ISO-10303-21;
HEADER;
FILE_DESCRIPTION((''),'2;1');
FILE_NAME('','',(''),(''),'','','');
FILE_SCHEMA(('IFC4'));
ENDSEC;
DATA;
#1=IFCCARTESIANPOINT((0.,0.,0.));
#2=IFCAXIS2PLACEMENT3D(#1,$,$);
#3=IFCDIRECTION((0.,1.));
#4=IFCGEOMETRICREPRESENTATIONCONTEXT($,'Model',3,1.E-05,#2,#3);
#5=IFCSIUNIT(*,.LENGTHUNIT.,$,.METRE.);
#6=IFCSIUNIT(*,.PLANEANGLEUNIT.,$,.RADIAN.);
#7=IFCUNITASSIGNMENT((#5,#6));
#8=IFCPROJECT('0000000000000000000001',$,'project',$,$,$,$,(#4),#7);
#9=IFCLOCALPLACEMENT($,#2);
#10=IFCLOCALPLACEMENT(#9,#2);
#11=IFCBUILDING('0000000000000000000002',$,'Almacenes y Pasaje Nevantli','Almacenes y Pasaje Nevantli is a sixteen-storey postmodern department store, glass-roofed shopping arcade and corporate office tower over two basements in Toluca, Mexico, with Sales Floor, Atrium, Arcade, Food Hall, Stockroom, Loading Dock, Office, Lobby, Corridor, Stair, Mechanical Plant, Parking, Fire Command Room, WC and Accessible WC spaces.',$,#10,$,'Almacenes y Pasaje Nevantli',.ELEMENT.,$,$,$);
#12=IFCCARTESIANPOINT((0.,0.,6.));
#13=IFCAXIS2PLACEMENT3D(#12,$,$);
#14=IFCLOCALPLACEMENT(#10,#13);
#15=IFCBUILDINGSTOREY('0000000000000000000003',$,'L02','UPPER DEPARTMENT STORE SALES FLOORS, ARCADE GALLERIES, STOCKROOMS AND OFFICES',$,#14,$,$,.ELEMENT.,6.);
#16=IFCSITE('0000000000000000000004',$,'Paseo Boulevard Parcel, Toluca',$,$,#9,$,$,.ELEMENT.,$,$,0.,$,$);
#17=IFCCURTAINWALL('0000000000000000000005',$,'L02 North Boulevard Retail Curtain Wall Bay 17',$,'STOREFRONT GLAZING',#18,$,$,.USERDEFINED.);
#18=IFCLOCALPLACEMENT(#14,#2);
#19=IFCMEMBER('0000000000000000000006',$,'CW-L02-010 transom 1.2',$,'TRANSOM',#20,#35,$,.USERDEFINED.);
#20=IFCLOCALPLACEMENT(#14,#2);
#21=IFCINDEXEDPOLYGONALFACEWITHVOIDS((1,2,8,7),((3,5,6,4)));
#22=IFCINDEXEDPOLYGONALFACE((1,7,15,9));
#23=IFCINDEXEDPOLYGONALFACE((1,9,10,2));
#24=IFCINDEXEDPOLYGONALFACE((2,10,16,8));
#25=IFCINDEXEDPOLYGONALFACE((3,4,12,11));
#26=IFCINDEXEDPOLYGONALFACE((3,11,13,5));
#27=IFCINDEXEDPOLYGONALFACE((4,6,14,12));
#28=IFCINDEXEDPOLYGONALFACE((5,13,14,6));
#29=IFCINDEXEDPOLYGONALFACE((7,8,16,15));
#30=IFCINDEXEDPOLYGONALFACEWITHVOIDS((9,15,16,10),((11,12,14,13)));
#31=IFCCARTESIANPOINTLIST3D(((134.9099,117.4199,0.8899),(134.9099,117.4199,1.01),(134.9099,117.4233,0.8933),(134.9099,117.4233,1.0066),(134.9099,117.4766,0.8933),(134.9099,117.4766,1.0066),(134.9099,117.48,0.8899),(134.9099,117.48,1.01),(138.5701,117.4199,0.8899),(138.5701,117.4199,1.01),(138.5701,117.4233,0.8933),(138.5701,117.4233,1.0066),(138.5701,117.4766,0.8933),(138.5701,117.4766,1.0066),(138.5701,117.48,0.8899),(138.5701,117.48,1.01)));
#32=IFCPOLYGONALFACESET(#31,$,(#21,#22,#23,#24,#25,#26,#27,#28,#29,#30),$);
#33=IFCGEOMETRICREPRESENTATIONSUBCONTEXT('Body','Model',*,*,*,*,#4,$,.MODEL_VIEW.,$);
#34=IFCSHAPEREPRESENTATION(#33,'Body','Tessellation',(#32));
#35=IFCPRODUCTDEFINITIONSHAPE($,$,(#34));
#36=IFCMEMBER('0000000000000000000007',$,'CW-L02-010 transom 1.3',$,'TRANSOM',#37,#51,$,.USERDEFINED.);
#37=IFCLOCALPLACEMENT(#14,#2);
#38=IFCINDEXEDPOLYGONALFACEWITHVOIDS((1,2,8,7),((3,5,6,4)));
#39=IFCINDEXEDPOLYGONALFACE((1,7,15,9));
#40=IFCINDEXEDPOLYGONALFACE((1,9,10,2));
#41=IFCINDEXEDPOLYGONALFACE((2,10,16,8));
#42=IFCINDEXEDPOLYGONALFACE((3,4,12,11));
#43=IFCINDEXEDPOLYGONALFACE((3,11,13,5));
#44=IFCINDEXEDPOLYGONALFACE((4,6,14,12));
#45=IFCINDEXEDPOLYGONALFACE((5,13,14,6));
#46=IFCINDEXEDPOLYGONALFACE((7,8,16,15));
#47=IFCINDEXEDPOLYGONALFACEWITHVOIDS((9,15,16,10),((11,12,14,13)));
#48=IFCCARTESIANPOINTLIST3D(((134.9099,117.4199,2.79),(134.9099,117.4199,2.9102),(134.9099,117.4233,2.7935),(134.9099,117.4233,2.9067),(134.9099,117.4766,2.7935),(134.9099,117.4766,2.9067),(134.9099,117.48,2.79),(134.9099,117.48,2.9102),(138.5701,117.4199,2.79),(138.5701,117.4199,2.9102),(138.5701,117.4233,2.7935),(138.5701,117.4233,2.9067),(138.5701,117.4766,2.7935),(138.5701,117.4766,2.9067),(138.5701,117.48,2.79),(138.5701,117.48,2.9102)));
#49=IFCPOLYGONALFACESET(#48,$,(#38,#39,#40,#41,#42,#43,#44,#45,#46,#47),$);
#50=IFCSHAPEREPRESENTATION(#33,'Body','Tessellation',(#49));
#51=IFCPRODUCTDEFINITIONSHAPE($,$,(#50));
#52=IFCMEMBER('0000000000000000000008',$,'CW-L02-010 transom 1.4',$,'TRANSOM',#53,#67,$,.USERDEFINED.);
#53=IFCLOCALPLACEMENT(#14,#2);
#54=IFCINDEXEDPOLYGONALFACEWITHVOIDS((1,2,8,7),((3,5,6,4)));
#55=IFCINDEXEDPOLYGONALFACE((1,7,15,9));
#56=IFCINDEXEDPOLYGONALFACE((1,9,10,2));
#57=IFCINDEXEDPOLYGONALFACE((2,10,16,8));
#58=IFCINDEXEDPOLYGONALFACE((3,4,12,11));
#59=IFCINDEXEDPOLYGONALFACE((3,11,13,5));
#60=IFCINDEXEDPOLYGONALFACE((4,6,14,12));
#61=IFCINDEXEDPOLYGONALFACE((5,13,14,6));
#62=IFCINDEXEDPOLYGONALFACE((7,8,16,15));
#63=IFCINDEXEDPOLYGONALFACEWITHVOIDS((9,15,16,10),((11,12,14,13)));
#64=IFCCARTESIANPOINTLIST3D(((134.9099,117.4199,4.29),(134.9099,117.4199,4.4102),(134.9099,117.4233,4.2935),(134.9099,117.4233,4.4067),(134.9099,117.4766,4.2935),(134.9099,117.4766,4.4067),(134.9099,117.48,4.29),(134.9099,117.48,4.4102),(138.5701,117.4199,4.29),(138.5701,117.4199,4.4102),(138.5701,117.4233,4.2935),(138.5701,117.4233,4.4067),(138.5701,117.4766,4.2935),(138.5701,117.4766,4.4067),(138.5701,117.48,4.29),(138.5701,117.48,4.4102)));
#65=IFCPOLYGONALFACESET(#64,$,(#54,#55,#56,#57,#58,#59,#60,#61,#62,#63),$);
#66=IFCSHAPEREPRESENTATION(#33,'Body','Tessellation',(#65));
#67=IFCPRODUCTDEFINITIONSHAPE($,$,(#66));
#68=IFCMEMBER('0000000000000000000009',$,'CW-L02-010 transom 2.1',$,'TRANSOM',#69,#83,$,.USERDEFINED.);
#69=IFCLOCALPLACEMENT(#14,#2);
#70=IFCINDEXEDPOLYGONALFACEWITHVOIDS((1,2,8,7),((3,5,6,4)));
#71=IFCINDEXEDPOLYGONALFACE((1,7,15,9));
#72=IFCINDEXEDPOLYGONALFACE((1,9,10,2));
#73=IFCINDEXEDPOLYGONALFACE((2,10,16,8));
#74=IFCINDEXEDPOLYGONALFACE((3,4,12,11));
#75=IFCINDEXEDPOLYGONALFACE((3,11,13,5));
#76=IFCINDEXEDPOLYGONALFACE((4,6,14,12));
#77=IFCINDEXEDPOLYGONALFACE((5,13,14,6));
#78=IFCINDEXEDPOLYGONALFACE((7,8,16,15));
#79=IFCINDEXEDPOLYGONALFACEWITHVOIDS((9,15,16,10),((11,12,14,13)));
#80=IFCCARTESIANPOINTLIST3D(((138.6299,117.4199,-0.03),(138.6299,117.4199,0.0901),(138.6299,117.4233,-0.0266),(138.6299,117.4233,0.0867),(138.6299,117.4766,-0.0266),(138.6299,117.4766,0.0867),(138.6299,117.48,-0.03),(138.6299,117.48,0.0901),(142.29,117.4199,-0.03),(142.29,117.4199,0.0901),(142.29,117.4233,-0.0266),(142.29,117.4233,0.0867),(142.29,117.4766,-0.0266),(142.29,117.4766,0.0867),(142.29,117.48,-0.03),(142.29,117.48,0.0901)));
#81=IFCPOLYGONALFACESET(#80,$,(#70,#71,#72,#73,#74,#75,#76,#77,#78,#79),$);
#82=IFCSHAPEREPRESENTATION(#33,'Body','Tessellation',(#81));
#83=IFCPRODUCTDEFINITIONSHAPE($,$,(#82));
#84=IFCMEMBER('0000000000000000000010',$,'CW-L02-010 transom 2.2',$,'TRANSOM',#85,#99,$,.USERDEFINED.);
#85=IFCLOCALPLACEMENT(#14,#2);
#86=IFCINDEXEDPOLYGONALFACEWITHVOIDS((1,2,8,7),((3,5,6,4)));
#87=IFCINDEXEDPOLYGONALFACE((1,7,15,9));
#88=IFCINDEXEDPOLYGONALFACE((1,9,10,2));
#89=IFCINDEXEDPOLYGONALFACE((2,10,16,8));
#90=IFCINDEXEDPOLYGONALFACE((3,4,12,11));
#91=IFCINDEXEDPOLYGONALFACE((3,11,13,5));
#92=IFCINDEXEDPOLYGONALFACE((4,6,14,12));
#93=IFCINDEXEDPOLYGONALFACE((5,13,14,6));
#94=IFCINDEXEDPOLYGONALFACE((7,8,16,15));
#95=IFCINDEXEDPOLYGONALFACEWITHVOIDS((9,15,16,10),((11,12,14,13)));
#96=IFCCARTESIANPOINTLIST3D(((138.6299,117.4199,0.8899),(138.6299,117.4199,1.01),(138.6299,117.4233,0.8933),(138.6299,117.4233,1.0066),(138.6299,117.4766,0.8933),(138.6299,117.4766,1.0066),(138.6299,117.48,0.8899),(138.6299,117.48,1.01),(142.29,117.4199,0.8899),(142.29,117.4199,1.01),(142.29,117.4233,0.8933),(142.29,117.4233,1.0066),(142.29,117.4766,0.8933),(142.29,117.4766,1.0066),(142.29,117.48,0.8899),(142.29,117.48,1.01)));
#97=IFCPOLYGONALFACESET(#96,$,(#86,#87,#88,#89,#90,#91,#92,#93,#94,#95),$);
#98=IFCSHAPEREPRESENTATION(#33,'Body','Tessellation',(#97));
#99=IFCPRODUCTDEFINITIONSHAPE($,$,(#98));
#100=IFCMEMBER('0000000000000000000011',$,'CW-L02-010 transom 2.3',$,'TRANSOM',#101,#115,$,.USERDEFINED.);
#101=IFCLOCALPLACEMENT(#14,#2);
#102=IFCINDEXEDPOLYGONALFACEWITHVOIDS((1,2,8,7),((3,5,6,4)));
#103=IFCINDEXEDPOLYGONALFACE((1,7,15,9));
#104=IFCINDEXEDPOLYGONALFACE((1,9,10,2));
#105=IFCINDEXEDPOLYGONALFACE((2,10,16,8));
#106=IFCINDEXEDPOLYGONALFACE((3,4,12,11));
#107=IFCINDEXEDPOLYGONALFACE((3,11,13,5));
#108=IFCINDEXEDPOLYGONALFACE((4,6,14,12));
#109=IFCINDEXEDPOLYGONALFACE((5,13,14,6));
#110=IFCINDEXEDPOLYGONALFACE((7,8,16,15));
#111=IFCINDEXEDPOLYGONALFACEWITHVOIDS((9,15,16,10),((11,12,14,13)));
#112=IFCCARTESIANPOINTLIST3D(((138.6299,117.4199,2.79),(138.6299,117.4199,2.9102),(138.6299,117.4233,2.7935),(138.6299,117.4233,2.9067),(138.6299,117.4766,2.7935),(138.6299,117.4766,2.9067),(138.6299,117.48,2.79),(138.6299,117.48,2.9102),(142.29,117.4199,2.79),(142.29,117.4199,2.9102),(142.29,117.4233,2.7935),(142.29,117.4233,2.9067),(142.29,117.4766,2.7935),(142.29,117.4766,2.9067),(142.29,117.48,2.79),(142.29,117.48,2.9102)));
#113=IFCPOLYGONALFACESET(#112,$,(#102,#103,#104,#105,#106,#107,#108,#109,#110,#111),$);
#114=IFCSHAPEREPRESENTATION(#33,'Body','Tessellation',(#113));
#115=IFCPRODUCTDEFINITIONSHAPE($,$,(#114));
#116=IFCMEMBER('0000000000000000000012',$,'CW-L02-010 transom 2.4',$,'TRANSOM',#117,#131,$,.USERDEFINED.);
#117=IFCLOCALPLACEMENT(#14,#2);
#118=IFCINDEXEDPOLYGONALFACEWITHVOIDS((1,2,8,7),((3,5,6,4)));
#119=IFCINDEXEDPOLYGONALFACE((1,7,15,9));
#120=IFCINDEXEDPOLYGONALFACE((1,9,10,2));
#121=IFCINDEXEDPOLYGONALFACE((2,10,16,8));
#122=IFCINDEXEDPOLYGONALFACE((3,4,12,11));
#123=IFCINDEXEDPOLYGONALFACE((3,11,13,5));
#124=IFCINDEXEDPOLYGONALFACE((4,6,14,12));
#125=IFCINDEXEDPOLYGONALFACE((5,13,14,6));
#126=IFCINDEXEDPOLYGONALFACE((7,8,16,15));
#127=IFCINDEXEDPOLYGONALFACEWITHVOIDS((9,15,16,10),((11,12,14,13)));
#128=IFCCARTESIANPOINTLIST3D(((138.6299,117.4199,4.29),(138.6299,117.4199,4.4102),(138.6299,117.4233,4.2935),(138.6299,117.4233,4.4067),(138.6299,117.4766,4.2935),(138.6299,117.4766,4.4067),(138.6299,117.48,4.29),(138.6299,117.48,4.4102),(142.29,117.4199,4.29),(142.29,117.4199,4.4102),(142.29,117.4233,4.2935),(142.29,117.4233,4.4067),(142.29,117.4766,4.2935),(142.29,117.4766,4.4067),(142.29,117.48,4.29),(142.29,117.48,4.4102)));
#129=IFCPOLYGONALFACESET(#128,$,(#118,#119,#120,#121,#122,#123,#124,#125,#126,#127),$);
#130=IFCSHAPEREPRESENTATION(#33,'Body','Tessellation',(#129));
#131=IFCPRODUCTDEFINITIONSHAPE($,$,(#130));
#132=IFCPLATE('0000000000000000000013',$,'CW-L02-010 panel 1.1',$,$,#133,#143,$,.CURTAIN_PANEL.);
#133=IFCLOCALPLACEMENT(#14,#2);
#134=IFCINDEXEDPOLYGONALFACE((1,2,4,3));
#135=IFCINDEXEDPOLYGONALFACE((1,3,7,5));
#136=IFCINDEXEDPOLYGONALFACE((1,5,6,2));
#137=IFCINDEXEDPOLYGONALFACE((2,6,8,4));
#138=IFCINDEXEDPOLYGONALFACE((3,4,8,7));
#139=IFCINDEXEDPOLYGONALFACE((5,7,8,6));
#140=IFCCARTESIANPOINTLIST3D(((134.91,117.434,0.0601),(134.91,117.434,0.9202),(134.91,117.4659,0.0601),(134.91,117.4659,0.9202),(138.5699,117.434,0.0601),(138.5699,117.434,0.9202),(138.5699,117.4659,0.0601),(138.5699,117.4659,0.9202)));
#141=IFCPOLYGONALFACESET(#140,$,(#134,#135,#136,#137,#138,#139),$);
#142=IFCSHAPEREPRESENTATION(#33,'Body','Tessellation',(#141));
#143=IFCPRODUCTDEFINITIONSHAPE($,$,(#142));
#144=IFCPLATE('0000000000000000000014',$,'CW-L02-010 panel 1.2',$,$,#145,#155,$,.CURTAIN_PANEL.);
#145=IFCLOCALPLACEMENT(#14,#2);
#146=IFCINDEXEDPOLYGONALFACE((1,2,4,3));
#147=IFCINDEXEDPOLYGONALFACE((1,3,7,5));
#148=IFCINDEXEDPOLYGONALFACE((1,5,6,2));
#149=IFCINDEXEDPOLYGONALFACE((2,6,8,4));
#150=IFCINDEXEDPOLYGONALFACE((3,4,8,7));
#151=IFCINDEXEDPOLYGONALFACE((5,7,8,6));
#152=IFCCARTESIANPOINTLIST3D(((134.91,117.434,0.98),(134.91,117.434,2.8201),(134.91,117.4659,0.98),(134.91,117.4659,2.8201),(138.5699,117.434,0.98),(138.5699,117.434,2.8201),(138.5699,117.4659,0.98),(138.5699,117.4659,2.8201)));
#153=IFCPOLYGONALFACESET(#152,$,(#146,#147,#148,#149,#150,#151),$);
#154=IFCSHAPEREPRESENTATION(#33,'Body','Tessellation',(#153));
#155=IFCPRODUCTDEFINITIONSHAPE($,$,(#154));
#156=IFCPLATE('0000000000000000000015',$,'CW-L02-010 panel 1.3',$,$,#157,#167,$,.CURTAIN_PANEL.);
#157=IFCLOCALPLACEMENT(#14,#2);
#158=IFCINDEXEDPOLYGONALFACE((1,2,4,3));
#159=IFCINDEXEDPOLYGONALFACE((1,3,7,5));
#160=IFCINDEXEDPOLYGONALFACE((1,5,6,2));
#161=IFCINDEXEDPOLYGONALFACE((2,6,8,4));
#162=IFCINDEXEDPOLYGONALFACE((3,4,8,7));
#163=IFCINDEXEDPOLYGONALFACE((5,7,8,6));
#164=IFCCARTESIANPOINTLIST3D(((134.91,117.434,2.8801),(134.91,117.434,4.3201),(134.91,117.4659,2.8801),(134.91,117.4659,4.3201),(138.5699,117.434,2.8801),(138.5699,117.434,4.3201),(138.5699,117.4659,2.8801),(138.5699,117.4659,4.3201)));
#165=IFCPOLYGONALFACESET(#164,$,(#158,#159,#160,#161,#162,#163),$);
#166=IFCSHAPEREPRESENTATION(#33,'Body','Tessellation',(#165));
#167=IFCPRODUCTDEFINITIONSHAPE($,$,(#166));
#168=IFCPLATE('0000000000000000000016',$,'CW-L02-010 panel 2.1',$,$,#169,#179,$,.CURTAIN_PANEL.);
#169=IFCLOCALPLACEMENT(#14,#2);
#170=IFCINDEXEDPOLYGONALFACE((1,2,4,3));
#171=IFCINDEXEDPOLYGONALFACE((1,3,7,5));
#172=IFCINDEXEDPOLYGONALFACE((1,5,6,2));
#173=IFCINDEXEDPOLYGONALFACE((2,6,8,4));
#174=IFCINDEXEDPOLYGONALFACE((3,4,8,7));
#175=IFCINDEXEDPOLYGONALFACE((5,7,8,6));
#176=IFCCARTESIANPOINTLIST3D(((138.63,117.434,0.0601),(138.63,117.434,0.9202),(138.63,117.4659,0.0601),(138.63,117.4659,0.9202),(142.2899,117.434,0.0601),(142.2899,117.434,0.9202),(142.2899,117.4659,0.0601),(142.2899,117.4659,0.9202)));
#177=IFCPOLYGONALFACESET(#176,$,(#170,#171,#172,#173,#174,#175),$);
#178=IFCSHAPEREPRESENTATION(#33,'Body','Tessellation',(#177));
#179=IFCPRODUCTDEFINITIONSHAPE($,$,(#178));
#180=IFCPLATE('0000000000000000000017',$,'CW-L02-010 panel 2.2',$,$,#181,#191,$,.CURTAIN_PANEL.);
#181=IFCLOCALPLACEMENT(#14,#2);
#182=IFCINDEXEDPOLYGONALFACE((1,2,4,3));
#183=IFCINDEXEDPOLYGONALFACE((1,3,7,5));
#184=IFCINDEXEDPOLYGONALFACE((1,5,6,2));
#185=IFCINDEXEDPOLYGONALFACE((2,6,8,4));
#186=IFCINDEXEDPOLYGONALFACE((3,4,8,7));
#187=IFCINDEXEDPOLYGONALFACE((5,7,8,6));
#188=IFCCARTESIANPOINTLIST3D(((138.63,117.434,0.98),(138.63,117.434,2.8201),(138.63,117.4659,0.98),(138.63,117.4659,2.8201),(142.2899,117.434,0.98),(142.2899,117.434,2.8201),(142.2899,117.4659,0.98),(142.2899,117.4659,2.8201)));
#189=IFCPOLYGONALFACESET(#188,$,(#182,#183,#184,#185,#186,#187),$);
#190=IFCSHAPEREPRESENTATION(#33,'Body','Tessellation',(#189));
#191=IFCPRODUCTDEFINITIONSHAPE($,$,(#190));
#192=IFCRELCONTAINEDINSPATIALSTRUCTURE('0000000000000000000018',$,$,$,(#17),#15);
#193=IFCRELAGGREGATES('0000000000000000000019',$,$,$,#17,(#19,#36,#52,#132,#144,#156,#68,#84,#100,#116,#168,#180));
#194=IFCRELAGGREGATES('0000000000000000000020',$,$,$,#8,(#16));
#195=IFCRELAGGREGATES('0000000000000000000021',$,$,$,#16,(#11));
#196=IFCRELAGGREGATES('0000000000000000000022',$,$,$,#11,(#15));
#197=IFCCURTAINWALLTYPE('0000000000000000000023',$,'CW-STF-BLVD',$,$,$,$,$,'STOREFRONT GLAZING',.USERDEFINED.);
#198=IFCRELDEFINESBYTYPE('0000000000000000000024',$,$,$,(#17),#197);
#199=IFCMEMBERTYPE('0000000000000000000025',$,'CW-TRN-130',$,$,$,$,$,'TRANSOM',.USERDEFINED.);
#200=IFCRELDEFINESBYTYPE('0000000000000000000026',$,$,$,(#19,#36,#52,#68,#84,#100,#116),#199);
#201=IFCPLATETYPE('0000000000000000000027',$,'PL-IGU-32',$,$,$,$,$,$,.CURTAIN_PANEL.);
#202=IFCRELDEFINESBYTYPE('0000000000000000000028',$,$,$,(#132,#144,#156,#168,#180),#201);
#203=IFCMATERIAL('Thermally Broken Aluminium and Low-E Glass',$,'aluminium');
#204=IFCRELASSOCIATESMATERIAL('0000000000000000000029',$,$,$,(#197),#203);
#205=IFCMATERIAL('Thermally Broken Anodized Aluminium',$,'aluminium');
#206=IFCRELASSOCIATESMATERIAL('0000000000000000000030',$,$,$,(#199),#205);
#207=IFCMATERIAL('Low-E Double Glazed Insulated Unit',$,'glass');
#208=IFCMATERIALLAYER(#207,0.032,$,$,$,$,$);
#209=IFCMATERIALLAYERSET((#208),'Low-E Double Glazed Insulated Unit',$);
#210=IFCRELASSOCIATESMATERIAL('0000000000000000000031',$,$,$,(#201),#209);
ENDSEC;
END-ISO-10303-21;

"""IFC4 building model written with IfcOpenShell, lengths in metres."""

from ifc_helpers import new_model, si_unit, direction, frame, origin, origin_2d, place, context, subcontext, project, spatial, rectangle, hollow_rectangle, extrude, material, layer, layer_set, material_profile, profile_set, type_object, element, aggregate, save


model = new_model("IFC4")

# Units and contexts
model_context = context("Model", 3, precision=1e-05, world=origin(), true_north=direction((0.0, 1.0)))
body_context = subcontext(model_context, "Body", "Model", "MODEL_VIEW")
ifc_project = project(units=[si_unit("LENGTHUNIT", "METRE"), si_unit("PLANEANGLEUNIT", "RADIAN")], contexts=[model_context])

# Site, building, storey
site_placement = place(None, origin())
site = spatial("IfcSite", under=ifc_project, at=site_placement, Name="Paseo Boulevard Parcel, Toluca", CompositionType="ELEMENT", RefElevation=0.0)
building_placement = place(site_placement, origin())
building = spatial("IfcBuilding", under=site, at=building_placement, Name="Almacenes y Pasaje Nevantli", Description="Almacenes y Pasaje Nevantli is a sixteen-storey postmodern department store, glass-roofed shopping arcade and corporate office tower over two basements in Toluca, Mexico, with Sales Floor, Atrium, Arcade, Food Hall, Stockroom, Loading Dock, Office, Lobby, Corridor, Stair, Mechanical Plant, Parking, Fire Command Room, WC and Accessible WC spaces.", LongName="Almacenes y Pasaje Nevantli", CompositionType="ELEMENT")
storey_placement = place(building_placement, frame((0.0, 0.0, 6.0)))
storey = spatial("IfcBuildingStorey", under=building, at=storey_placement, Name="L02", Description="UPPER DEPARTMENT STORE SALES FLOORS, ARCADE GALLERIES, STOCKROOMS AND OFFICES", CompositionType="ELEMENT", Elevation=6.0)

# Curtain wall, members, plates
ifc_material_1 = material(Name="Thermally Broken Aluminium and Low-E Glass", Category="aluminium")
curtain_wall_type = type_object("IfcCurtainWallType", Name="CW-STF-BLVD", ElementType="STOREFRONT GLAZING", PredefinedType="USERDEFINED", material=ifc_material_1)
curtain_wall_placement = place(storey_placement, origin())
curtain_wall = element("IfcCurtainWall", 1, at=curtain_wall_placement, inside=storey, type_object=curtain_wall_type, Name="L02 North Boulevard Retail Curtain Wall Bay 17", ObjectType="STOREFRONT GLAZING", PredefinedType="USERDEFINED")
ifc_material_2 = material(Name="Thermally Broken Anodized Aluminium", Category="aluminium")
ifc_material_profile_1 = material_profile(ifc_material_2, hollow_rectangle(XDim=0.0601, YDim=0.1201, WallThickness=0.0034, at=origin_2d()), Name="ALU-TRN-60x120")
ifc_profile_set_1 = profile_set([ifc_material_profile_1], Name="Thermally Broken Anodized Aluminium")
member_type_1 = type_object("IfcMemberType", Name="CW-TRN-130", ElementType="TRANSOM", PredefinedType="USERDEFINED", material=ifc_profile_set_1)
member_1_placement = place(storey_placement, frame((134.9099, 117.45, 0.95), z_axis=(1.0, 0.0, 0.0), x_axis=(0.0, 1.0, 0.0)))
member_1 = element("IfcMember", 2, at=member_1_placement, type_object=member_type_1, Name="CW-L02-010 transom 1.2", ObjectType="TRANSOM", PredefinedType="USERDEFINED", context=body_context, shape_type="SweptSolid", body=[
    extrude(hollow_rectangle(XDim=0.0601, YDim=0.1201, WallThickness=0.0034, at=origin_2d()), origin(), (0.0, 0.0, 1.0), 3.6602),
])
member_2_placement = place(storey_placement, frame((134.9099, 117.45, 2.8501), z_axis=(1.0, 0.0, 0.0), x_axis=(0.0, 1.0, 0.0)))
member_2 = element("IfcMember", 3, at=member_2_placement, type_object=member_type_1, Name="CW-L02-010 transom 1.3", ObjectType="TRANSOM", PredefinedType="USERDEFINED", context=body_context, shape_type="SweptSolid", body=[
    extrude(hollow_rectangle(XDim=0.0601, YDim=0.1201, WallThickness=0.0034, at=origin_2d()), origin(), (0.0, 0.0, 1.0), 3.6602),
])
member_3_placement = place(storey_placement, frame((134.9099, 117.45, 4.3501), z_axis=(1.0, 0.0, 0.0), x_axis=(0.0, 1.0, 0.0)))
member_3 = element("IfcMember", 4, at=member_3_placement, type_object=member_type_1, Name="CW-L02-010 transom 1.4", ObjectType="TRANSOM", PredefinedType="USERDEFINED", context=body_context, shape_type="SweptSolid", body=[
    extrude(hollow_rectangle(XDim=0.0601, YDim=0.1201, WallThickness=0.0034, at=origin_2d()), origin(), (0.0, 0.0, 1.0), 3.6602),
])
member_4_placement = place(storey_placement, frame((138.6299, 117.45, 0.03), z_axis=(1.0, 0.0, 0.0), x_axis=(0.0, 1.0, 0.0)))
member_4 = element("IfcMember", 5, at=member_4_placement, type_object=member_type_1, Name="CW-L02-010 transom 2.1", ObjectType="TRANSOM", PredefinedType="USERDEFINED", context=body_context, shape_type="SweptSolid", body=[
    extrude(hollow_rectangle(XDim=0.0601, YDim=0.1201, WallThickness=0.0034, at=origin_2d()), origin(), (0.0, 0.0, 1.0), 3.6602),
])
member_5_placement = place(storey_placement, frame((138.6299, 117.45, 0.95), z_axis=(1.0, 0.0, 0.0), x_axis=(0.0, 1.0, 0.0)))
member_5 = element("IfcMember", 6, at=member_5_placement, type_object=member_type_1, Name="CW-L02-010 transom 2.2", ObjectType="TRANSOM", PredefinedType="USERDEFINED", context=body_context, shape_type="SweptSolid", body=[
    extrude(hollow_rectangle(XDim=0.0601, YDim=0.1201, WallThickness=0.0034, at=origin_2d()), origin(), (0.0, 0.0, 1.0), 3.6602),
])
member_6_placement = place(storey_placement, frame((138.6299, 117.45, 2.8501), z_axis=(1.0, 0.0, 0.0), x_axis=(0.0, 1.0, 0.0)))
member_6 = element("IfcMember", 7, at=member_6_placement, type_object=member_type_1, Name="CW-L02-010 transom 2.3", ObjectType="TRANSOM", PredefinedType="USERDEFINED", context=body_context, shape_type="SweptSolid", body=[
    extrude(hollow_rectangle(XDim=0.0601, YDim=0.1201, WallThickness=0.0034, at=origin_2d()), origin(), (0.0, 0.0, 1.0), 3.6602),
])
member_7_placement = place(storey_placement, frame((138.6299, 117.45, 4.3501), z_axis=(1.0, 0.0, 0.0), x_axis=(0.0, 1.0, 0.0)))
member_7 = element("IfcMember", 8, at=member_7_placement, type_object=member_type_1, Name="CW-L02-010 transom 2.4", ObjectType="TRANSOM", PredefinedType="USERDEFINED", context=body_context, shape_type="SweptSolid", body=[
    extrude(hollow_rectangle(XDim=0.0601, YDim=0.1201, WallThickness=0.0034, at=origin_2d()), origin(), (0.0, 0.0, 1.0), 3.6602),
])
ifc_material_3 = material(Name="Low-E Double Glazed Insulated Unit", Category="glass")
ifc_layer_1 = layer(ifc_material_3, 0.032)
ifc_layer_set_1 = layer_set([ifc_layer_1], Name="Low-E Double Glazed Insulated Unit")
plate_type = type_object("IfcPlateType", Name="PL-IGU-32", PredefinedType="CURTAIN_PANEL", material=ifc_layer_set_1)
plate_1_placement = place(storey_placement, frame((136.74, 117.45, 0.0601), z_axis=(0.0, 0.0, 1.0), x_axis=(1.0, 0.0, 0.0)))
plate_1 = element("IfcPlate", 9, at=plate_1_placement, type_object=plate_type, Name="CW-L02-010 panel 1.1", PredefinedType="CURTAIN_PANEL", context=body_context, shape_type="SweptSolid", body=[
    extrude(rectangle(XDim=3.6599, YDim=0.032, at=origin_2d()), origin(), (0.0, 0.0, 1.0), 0.8601),
])
plate_2_placement = place(storey_placement, frame((136.74, 117.45, 0.98), z_axis=(0.0, 0.0, 1.0), x_axis=(1.0, 0.0, 0.0)))
plate_2 = element("IfcPlate", 10, at=plate_2_placement, type_object=plate_type, Name="CW-L02-010 panel 1.2", PredefinedType="CURTAIN_PANEL", context=body_context, shape_type="SweptSolid", body=[
    extrude(rectangle(XDim=3.6599, YDim=0.032, at=origin_2d()), origin(), (0.0, 0.0, 1.0), 1.8401),
])
plate_3_placement = place(storey_placement, frame((136.74, 117.45, 2.8801), z_axis=(0.0, 0.0, 1.0), x_axis=(1.0, 0.0, 0.0)))
plate_3 = element("IfcPlate", 11, at=plate_3_placement, type_object=plate_type, Name="CW-L02-010 panel 1.3", PredefinedType="CURTAIN_PANEL", context=body_context, shape_type="SweptSolid", body=[
    extrude(rectangle(XDim=3.6599, YDim=0.032, at=origin_2d()), origin(), (0.0, 0.0, 1.0), 1.4399),
])
plate_4_placement = place(storey_placement, frame((140.46, 117.45, 0.0601), z_axis=(0.0, 0.0, 1.0), x_axis=(1.0, 0.0, 0.0)))
plate_4 = element("IfcPlate", 12, at=plate_4_placement, type_object=plate_type, Name="CW-L02-010 panel 2.1", PredefinedType="CURTAIN_PANEL", context=body_context, shape_type="SweptSolid", body=[
    extrude(rectangle(XDim=3.6599, YDim=0.032, at=origin_2d()), origin(), (0.0, 0.0, 1.0), 0.8601),
])
plate_5_placement = place(storey_placement, frame((140.46, 117.45, 0.98), z_axis=(0.0, 0.0, 1.0), x_axis=(1.0, 0.0, 0.0)))
plate_5 = element("IfcPlate", 13, at=plate_5_placement, type_object=plate_type, Name="CW-L02-010 panel 2.2", PredefinedType="CURTAIN_PANEL", context=body_context, shape_type="SweptSolid", body=[
    extrude(rectangle(XDim=3.6599, YDim=0.032, at=origin_2d()), origin(), (0.0, 0.0, 1.0), 1.8401),
])
aggregate(curtain_wall, [member_1, member_2, member_3, plate_1, plate_2, plate_3, member_4, member_5, member_6, member_7, plate_4, plate_5])

save(model, "model.ifc")
